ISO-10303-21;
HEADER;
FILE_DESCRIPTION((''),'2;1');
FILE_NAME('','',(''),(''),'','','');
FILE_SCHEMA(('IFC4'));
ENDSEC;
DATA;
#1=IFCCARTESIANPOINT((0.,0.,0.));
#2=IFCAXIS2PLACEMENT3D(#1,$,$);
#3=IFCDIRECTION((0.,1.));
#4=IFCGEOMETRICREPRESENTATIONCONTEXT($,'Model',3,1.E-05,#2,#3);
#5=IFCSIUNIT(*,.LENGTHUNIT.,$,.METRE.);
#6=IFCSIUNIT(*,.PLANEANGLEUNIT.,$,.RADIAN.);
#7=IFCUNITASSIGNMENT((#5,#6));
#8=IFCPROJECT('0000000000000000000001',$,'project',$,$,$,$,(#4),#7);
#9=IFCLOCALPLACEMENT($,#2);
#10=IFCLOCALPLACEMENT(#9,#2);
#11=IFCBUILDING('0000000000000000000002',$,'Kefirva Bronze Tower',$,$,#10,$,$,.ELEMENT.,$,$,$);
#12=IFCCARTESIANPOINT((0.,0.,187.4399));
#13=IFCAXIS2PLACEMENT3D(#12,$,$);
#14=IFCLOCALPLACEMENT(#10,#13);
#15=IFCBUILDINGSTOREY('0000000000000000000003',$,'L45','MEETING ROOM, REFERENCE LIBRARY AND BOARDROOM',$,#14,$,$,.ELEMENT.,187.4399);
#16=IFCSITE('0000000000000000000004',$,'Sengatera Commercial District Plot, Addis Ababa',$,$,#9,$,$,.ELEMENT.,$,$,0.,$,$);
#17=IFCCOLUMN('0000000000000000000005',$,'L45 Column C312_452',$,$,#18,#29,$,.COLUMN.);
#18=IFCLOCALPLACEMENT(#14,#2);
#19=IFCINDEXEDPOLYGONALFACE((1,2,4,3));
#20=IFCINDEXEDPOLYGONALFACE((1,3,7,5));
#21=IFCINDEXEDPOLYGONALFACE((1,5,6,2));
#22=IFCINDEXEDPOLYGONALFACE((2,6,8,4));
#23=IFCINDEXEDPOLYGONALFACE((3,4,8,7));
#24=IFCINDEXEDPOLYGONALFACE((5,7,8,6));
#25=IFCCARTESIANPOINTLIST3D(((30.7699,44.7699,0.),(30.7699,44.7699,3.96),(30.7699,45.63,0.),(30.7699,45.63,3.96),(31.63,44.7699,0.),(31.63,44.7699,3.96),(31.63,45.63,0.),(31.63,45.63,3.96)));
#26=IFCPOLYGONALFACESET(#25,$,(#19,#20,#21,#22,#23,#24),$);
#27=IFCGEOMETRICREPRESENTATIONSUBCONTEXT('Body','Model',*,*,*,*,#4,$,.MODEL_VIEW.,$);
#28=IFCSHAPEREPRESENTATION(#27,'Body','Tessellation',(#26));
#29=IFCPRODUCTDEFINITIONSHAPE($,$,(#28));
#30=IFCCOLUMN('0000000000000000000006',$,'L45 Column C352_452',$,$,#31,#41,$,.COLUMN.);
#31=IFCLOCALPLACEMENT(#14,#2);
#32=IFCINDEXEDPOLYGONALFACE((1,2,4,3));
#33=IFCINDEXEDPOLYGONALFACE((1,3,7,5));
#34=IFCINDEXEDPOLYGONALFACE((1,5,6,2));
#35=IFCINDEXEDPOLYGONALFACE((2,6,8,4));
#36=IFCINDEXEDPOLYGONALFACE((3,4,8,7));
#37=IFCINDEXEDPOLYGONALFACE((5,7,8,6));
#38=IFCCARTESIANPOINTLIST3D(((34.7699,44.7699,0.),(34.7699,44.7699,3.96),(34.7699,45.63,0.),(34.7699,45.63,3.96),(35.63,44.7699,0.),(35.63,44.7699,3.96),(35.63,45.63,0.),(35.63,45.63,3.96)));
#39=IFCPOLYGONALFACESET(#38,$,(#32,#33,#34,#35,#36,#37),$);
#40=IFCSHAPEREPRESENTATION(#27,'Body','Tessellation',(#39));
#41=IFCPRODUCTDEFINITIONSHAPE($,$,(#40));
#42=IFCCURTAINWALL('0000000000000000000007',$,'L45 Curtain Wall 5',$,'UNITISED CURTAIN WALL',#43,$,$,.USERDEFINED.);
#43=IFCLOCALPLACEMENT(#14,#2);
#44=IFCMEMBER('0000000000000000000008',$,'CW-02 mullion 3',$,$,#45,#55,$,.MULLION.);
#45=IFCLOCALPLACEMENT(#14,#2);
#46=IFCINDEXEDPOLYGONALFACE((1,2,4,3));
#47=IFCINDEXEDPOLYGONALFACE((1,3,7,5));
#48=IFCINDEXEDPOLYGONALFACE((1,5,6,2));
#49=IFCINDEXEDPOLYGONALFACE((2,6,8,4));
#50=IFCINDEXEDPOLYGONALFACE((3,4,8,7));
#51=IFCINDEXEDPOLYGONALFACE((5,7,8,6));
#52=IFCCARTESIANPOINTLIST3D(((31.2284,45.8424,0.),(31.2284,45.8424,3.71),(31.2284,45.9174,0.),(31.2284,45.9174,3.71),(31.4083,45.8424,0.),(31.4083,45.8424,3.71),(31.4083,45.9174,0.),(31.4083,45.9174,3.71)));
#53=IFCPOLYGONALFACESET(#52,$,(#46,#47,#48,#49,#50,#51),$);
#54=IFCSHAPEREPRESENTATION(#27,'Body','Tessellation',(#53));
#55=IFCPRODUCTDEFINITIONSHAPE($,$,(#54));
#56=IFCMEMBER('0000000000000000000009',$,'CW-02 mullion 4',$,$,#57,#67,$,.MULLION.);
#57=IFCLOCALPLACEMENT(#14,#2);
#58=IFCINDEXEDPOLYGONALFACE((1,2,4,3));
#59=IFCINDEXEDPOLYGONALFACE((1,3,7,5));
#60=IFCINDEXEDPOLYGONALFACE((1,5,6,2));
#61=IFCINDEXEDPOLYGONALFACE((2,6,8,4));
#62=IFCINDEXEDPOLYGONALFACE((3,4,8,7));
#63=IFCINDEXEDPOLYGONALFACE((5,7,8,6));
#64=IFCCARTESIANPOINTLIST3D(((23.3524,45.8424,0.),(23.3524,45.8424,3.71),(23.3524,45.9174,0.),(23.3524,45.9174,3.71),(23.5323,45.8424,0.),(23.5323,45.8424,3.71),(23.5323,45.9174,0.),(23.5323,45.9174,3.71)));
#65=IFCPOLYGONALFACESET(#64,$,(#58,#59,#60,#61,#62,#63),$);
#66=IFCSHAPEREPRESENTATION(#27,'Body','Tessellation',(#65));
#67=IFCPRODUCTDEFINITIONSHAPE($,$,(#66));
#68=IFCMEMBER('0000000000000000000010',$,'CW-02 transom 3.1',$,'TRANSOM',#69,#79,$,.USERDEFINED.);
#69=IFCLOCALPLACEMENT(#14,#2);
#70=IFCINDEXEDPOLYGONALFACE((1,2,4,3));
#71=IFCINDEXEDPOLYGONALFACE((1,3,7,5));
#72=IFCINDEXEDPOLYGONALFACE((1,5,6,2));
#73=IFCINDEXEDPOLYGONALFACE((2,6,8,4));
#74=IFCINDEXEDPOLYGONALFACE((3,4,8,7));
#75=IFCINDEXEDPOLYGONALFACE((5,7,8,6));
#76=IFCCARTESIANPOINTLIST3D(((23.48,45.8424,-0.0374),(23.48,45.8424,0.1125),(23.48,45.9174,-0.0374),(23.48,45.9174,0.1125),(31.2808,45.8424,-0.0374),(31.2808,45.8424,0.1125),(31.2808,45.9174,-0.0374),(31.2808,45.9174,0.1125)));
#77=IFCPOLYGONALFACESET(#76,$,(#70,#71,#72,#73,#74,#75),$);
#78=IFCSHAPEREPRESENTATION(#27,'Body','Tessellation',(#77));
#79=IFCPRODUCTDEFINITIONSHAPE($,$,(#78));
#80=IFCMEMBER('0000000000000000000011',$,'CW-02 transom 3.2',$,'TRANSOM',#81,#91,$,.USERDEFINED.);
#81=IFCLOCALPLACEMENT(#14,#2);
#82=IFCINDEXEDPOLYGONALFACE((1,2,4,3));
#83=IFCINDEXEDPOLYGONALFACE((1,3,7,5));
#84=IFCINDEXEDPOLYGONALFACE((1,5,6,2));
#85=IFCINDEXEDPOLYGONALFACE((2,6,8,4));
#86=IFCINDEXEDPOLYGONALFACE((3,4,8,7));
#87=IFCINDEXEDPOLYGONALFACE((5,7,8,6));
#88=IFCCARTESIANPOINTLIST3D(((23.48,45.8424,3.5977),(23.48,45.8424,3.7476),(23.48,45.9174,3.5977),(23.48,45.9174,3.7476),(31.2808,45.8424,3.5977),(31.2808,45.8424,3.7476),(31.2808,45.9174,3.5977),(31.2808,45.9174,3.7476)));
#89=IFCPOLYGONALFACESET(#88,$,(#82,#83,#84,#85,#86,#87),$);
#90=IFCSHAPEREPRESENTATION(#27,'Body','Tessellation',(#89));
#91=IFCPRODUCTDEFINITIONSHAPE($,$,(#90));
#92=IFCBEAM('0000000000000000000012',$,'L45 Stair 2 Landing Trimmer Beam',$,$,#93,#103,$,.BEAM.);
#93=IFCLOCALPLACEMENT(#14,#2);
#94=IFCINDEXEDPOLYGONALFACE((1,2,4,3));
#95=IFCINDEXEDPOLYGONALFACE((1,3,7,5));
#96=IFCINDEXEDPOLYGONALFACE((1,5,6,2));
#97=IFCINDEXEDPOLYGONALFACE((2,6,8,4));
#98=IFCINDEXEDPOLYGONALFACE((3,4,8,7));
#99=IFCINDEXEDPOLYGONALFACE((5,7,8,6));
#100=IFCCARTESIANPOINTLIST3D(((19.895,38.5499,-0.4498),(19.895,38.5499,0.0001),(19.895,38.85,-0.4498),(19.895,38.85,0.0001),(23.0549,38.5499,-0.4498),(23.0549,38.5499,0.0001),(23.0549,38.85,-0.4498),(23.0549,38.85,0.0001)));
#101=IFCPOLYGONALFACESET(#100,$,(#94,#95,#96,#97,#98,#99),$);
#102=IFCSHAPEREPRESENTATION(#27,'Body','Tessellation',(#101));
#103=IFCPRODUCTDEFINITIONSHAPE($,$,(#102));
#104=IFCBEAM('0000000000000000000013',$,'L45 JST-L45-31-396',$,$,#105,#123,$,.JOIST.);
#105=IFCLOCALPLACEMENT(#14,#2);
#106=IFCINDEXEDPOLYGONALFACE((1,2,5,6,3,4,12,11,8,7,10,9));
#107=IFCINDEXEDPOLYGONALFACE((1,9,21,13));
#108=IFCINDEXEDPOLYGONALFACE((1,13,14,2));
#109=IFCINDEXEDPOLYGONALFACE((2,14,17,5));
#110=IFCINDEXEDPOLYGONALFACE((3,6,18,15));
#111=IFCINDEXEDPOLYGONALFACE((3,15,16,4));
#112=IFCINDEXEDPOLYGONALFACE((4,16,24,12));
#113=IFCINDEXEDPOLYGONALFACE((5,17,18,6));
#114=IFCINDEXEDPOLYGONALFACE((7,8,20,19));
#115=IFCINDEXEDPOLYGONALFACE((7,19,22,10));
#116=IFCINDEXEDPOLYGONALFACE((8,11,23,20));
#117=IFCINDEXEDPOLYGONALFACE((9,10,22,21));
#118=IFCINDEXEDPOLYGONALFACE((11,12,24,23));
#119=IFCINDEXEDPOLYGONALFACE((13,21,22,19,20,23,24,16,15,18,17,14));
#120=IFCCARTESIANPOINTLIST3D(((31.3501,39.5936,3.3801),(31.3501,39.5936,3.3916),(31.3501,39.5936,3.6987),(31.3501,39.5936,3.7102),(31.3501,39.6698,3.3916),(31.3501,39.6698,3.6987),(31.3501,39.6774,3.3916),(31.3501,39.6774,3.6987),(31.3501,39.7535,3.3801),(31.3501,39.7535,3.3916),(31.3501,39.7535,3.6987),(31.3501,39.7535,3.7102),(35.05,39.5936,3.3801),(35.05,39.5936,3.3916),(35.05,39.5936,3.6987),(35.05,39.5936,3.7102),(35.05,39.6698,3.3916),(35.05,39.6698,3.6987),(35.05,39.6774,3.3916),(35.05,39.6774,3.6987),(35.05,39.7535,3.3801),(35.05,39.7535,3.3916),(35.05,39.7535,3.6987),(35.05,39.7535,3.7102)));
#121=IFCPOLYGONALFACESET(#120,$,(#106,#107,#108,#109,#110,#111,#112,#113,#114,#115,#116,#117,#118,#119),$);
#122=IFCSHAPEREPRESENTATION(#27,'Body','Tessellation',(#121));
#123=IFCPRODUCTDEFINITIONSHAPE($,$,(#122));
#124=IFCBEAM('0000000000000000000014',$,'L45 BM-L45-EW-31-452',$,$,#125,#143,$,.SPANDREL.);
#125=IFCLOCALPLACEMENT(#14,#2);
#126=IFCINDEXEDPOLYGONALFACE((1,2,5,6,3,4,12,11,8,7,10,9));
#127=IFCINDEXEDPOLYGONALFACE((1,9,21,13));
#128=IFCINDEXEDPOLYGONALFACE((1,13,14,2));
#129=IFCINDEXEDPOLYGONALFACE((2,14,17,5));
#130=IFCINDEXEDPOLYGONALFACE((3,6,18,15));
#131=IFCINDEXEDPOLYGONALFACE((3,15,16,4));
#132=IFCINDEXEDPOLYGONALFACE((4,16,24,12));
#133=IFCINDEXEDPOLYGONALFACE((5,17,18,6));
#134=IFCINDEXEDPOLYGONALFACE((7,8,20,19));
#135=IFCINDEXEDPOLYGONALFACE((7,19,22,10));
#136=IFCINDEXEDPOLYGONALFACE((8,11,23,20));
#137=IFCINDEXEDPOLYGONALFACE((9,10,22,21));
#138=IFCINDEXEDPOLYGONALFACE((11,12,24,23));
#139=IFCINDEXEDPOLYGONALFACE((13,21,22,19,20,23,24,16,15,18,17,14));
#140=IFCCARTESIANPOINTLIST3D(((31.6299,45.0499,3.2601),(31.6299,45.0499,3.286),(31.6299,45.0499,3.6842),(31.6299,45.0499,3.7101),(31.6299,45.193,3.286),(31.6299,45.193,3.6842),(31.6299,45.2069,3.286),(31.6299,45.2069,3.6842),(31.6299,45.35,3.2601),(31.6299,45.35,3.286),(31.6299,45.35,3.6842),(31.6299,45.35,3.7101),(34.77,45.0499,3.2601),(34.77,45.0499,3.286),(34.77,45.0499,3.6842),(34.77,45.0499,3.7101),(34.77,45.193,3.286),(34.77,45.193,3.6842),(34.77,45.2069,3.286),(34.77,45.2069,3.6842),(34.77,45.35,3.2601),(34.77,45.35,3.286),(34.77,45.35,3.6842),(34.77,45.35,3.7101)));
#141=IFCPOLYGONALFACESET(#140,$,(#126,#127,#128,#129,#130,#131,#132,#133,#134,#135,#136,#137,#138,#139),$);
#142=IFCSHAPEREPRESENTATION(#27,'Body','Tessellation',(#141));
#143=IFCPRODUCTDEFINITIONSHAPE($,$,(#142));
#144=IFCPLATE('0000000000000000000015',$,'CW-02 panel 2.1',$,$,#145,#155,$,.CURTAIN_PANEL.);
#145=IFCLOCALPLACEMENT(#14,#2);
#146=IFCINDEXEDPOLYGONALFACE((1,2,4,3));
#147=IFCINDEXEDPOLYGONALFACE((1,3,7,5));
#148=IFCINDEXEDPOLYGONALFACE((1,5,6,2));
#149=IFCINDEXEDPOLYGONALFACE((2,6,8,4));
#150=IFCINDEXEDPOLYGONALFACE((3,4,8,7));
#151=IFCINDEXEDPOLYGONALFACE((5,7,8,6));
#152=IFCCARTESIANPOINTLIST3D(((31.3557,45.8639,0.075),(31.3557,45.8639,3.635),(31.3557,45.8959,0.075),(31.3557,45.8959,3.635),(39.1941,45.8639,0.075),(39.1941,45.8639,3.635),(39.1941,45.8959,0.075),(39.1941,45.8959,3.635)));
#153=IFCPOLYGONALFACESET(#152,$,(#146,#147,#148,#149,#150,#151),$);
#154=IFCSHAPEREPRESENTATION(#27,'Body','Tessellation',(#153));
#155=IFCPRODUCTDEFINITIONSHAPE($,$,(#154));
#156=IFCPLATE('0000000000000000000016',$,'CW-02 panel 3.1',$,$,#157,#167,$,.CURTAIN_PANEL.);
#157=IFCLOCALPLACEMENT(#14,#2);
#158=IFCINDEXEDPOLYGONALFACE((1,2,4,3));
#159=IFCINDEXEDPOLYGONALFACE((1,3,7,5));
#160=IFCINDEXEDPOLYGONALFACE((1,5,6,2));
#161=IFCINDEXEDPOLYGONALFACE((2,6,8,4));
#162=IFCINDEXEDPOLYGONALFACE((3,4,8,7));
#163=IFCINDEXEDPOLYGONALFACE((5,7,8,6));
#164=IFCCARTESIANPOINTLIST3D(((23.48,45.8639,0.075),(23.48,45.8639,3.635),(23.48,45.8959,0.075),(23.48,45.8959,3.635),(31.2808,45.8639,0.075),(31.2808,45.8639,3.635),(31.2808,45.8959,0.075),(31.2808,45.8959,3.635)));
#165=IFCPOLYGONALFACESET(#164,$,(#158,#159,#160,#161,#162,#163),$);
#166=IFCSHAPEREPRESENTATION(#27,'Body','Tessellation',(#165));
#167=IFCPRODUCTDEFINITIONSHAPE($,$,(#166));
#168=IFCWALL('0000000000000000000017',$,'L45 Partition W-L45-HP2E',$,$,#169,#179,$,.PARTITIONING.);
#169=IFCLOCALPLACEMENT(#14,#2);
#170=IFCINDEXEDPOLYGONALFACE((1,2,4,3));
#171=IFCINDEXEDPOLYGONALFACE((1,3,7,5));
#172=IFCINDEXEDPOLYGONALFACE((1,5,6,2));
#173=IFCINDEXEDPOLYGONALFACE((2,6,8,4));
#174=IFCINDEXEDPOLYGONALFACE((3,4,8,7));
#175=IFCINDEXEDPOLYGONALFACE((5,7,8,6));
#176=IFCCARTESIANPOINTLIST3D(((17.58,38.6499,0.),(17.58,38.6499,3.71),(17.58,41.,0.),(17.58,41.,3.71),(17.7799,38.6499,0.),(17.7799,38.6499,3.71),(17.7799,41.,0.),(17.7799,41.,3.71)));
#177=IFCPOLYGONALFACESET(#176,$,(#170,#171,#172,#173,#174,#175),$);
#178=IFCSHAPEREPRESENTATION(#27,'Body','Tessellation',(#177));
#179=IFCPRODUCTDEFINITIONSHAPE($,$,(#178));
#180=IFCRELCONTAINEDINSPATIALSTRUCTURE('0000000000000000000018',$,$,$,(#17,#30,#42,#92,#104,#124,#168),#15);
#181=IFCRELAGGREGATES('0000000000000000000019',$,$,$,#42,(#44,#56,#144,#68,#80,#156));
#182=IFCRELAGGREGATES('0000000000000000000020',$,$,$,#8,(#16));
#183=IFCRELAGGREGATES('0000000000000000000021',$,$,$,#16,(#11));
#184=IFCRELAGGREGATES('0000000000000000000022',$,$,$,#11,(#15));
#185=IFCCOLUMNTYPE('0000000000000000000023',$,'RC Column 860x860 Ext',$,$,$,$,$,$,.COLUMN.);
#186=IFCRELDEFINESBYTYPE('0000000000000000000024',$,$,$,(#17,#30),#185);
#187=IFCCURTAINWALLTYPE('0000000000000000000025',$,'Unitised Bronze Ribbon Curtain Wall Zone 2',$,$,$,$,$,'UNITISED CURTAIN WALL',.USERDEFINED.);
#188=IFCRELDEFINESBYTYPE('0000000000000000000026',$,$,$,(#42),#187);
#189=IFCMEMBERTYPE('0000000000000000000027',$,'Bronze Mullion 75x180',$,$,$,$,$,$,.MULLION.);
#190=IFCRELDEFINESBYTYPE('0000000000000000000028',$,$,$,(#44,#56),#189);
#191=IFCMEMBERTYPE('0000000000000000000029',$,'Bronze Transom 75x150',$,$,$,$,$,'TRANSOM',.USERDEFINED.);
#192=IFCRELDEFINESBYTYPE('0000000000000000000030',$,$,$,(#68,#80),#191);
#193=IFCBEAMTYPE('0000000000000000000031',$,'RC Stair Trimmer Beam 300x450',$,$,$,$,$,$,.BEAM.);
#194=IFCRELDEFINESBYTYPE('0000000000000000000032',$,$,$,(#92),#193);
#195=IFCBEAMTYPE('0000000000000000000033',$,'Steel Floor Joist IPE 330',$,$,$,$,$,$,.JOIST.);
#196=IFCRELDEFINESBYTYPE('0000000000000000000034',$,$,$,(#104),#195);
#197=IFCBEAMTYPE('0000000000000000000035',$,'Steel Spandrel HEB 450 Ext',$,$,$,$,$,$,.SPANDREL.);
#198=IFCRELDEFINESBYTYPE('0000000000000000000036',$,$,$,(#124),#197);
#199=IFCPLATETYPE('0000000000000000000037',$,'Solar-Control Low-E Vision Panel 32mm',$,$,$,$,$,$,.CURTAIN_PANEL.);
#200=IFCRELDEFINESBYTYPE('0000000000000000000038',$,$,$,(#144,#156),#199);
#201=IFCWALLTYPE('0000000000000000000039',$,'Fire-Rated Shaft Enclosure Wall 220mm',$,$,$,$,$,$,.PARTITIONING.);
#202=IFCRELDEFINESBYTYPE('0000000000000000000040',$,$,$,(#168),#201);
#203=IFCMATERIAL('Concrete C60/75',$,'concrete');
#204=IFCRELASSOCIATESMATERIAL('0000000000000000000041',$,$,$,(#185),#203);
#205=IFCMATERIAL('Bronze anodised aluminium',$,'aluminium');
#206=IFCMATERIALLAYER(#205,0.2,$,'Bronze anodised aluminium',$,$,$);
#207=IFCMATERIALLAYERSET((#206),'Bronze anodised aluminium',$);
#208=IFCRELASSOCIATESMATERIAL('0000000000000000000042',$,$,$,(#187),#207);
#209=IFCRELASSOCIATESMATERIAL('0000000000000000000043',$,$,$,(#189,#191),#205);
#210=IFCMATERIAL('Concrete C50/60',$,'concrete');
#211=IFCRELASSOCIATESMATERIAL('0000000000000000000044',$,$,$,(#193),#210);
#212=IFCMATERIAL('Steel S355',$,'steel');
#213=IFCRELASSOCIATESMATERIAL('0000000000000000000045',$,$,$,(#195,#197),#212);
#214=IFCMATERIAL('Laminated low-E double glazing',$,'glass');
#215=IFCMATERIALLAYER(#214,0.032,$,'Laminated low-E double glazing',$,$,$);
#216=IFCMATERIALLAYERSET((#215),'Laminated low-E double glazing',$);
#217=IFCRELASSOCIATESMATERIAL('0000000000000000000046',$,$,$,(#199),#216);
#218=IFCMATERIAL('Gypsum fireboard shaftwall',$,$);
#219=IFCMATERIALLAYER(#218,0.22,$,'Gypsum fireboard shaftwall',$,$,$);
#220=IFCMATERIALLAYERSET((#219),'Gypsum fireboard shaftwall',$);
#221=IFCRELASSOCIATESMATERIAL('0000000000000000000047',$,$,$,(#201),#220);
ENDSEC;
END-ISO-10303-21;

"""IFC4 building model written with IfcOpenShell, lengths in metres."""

from ifc_helpers import new_model, si_unit, direction, frame, frame_2d, origin, origin_2d, place, context, subcontext, project, spatial, rectangle, i_section, extrude, material, layer, layer_set, material_profile, profile_set, type_object, element, aggregate, save


model = new_model("IFC4")

# Units and contexts
model_context = context("Model", 3, precision=1e-05, world=origin(), true_north=direction((0.0, 1.0)))
body_context = subcontext(model_context, "Body", "Model", "MODEL_VIEW")
ifc_project = project(units=[si_unit("LENGTHUNIT", "METRE"), si_unit("PLANEANGLEUNIT", "RADIAN")], contexts=[model_context])

# Site, building, storey
site_placement = place(None, origin())
site = spatial("IfcSite", under=ifc_project, at=site_placement, Name="Sengatera Commercial District Plot, Addis Ababa", CompositionType="ELEMENT", RefElevation=0.0)
building_placement = place(site_placement, origin())
building = spatial("IfcBuilding", under=site, at=building_placement, Name="Kefirva Bronze Tower", CompositionType="ELEMENT")
storey_placement = place(building_placement, frame((0.0, 0.0, 187.4399)))
storey = spatial("IfcBuildingStorey", under=building, at=storey_placement, Name="L45", Description="MEETING ROOM, REFERENCE LIBRARY AND BOARDROOM", CompositionType="ELEMENT", Elevation=187.4399)

# Columns
ifc_material_1 = material(Name="Concrete C60/75", Category="concrete")
ifc_material_profile_1 = material_profile(ifc_material_1, rectangle(XDim=0.8601, YDim=0.8601, at=origin_2d()), Name="RC 860x860")
ifc_profile_set_1 = profile_set([ifc_material_profile_1], Name="Concrete C60/75")
column_type = type_object("IfcColumnType", Name="RC Column 860x860 Ext", PredefinedType="COLUMN", material=ifc_profile_set_1)
for number, where, z_axis, x_axis, name in (
    (1, (31.2, 45.2, 0.0), (0.0, 0.0, 1.0), (1.0, 0.0, 0.0), "L45 Column C312_452"),
    (2, (35.2, 45.2, 0.0), (0.0, 0.0, 1.0), (1.0, 0.0, 0.0), "L45 Column C352_452"),
):
    element("IfcColumn", number, at=place(storey_placement, frame(where, z_axis=z_axis, x_axis=x_axis)), inside=storey, type_object=column_type, Name=name, PredefinedType="COLUMN", context=body_context, shape_type="SweptSolid", body=[
        extrude(rectangle(XDim=0.8601, YDim=0.8601, at=origin_2d()), origin(), (0.0, 0.0, 1.0), 3.96),
    ])

# Curtain wall, members
ifc_material_2 = material(Name="Bronze anodised aluminium", Category="aluminium")
ifc_layer_1 = layer(ifc_material_2, 0.2, Name="Bronze anodised aluminium")
ifc_layer_set_1 = layer_set([ifc_layer_1], Name="Bronze anodised aluminium")
curtain_wall_type = type_object("IfcCurtainWallType", Name="Unitised Bronze Ribbon Curtain Wall Zone 2", ElementType="UNITISED CURTAIN WALL", PredefinedType="USERDEFINED", material=ifc_layer_set_1)
curtain_wall_placement = place(storey_placement, origin())
curtain_wall = element("IfcCurtainWall", 3, at=curtain_wall_placement, inside=storey, type_object=curtain_wall_type, Name="L45 Curtain Wall 5", ObjectType="UNITISED CURTAIN WALL", PredefinedType="USERDEFINED")
ifc_material_profile_2 = material_profile(ifc_material_2, rectangle(XDim=0.075, YDim=0.1799, at=origin_2d()), Name="ALU 75x180")
ifc_profile_set_2 = profile_set([ifc_material_profile_2], Name="Bronze anodised aluminium")
member_type_1 = type_object("IfcMemberType", Name="Bronze Mullion 75x180", PredefinedType="MULLION", material=ifc_profile_set_2)
member_1_placement = place(storey_placement, frame((31.3184, 45.8799, 0.0), z_axis=(0.0, 0.0, 1.0), x_axis=(0.0, -1.0, 0.0)))
member_1 = element("IfcMember", 4, at=member_1_placement, type_object=member_type_1, Name="CW-02 mullion 3", PredefinedType="MULLION", context=body_context, shape_type="SweptSolid", body=[
    extrude(rectangle(XDim=0.075, YDim=0.1799, at=origin_2d()), origin(), (0.0, 0.0, 1.0), 3.71),
])
member_2_placement = place(storey_placement, frame((23.4424, 45.8799, 0.0), z_axis=(0.0, 0.0, 1.0), x_axis=(0.0, -1.0, 0.0)))
member_2 = element("IfcMember", 5, at=member_2_placement, type_object=member_type_1, Name="CW-02 mullion 4", PredefinedType="MULLION", context=body_context, shape_type="SweptSolid", body=[
    extrude(rectangle(XDim=0.075, YDim=0.1799, at=origin_2d()), origin(), (0.0, 0.0, 1.0), 3.71),
])
ifc_material_profile_3 = material_profile(ifc_material_2, rectangle(XDim=0.075, YDim=0.1499, at=origin_2d()), Name="ALU 75x150")
ifc_profile_set_3 = profile_set([ifc_material_profile_3], Name="Bronze anodised aluminium")
member_type_2 = type_object("IfcMemberType", Name="Bronze Transom 75x150", ElementType="TRANSOM", PredefinedType="USERDEFINED", material=ifc_profile_set_3)
member_3_placement = place(storey_placement, frame((31.2808, 45.8799, 0.0376), z_axis=(-1.0, 0.0, 0.0), x_axis=(0.0, -1.0, 0.0)))
member_3 = element("IfcMember", 6, at=member_3_placement, type_object=member_type_2, Name="CW-02 transom 3.1", ObjectType="TRANSOM", PredefinedType="USERDEFINED", context=body_context, shape_type="SweptSolid", body=[
    extrude(rectangle(XDim=0.075, YDim=0.1499, at=origin_2d()), origin(), (0.0, 0.0, 1.0), 7.8008),
])
member_4_placement = place(storey_placement, frame((31.2808, 45.8799, 3.6726), z_axis=(-1.0, 0.0, 0.0), x_axis=(0.0, -1.0, 0.0)))
member_4 = element("IfcMember", 7, at=member_4_placement, type_object=member_type_2, Name="CW-02 transom 3.2", ObjectType="TRANSOM", PredefinedType="USERDEFINED", context=body_context, shape_type="SweptSolid", body=[
    extrude(rectangle(XDim=0.075, YDim=0.1499, at=origin_2d()), origin(), (0.0, 0.0, 1.0), 7.8008),
])

# Beams
ifc_material_3 = material(Name="Concrete C50/60", Category="concrete")
ifc_material_profile_4 = material_profile(ifc_material_3, rectangle(XDim=0.3, YDim=0.45, at=origin_2d()), Name="RC 300x450")
ifc_profile_set_4 = profile_set([ifc_material_profile_4], Name="Concrete C50/60")
beam_type_1 = type_object("IfcBeamType", Name="RC Stair Trimmer Beam 300x450", PredefinedType="BEAM", material=ifc_profile_set_4)
beam_1_placement = place(storey_placement, frame((19.895, 38.7, -0.2249), z_axis=(1.0, 0.0, 0.0), x_axis=(0.0, 1.0, 0.0)))
element("IfcBeam", 8, at=beam_1_placement, inside=storey, type_object=beam_type_1, Name="L45 Stair 2 Landing Trimmer Beam", PredefinedType="BEAM", context=body_context, shape_type="SweptSolid", body=[
    extrude(rectangle(XDim=0.3, YDim=0.45, at=origin_2d()), origin(), (0.0, 0.0, 1.0), 3.1599),
])
ifc_material_4 = material(Name="Steel S355", Category="steel")
ifc_material_profile_5 = material_profile(ifc_material_4, i_section(OverallWidth=0.1599, OverallDepth=0.3301, WebThickness=0.0076, FlangeThickness=0.0115, at=origin_2d()), Name="IPE 330")
ifc_profile_set_5 = profile_set([ifc_material_profile_5], Name="Steel S355")
beam_type_2 = type_object("IfcBeamType", Name="Steel Floor Joist IPE 330", PredefinedType="JOIST", material=ifc_profile_set_5)
beam_2_placement = place(storey_placement, frame((31.3501, 39.6736, 3.5452), z_axis=(1.0, 0.0, 0.0), x_axis=(0.0, 1.0, 0.0)))
element("IfcBeam", 9, at=beam_2_placement, inside=storey, type_object=beam_type_2, Name="L45 JST-L45-31-396", PredefinedType="JOIST", context=body_context, shape_type="SweptSolid", body=[
    extrude(i_section(OverallWidth=0.1599, OverallDepth=0.3301, WebThickness=0.0076, FlangeThickness=0.0115, at=origin_2d()), origin(), (0.0, 0.0, 1.0), 3.7),
])
ifc_material_profile_6 = material_profile(ifc_material_4, i_section(OverallWidth=0.3, OverallDepth=0.45, WebThickness=0.0139, FlangeThickness=0.0259, at=origin_2d()), Name="HEB 450")
ifc_profile_set_6 = profile_set([ifc_material_profile_6], Name="Steel S355")
beam_type_3 = type_object("IfcBeamType", Name="Steel Spandrel HEB 450 Ext", PredefinedType="SPANDREL", material=ifc_profile_set_6)
beam_3_placement = place(storey_placement, frame((31.6299, 45.2, 3.4851), z_axis=(1.0, 0.0, 0.0), x_axis=(0.0, 1.0, 0.0)))
element("IfcBeam", 10, at=beam_3_placement, inside=storey, type_object=beam_type_3, Name="L45 BM-L45-EW-31-452", PredefinedType="SPANDREL", context=body_context, shape_type="SweptSolid", body=[
    extrude(i_section(OverallWidth=0.3, OverallDepth=0.45, WebThickness=0.0139, FlangeThickness=0.0259, at=origin_2d()), origin(), (0.0, 0.0, 1.0), 3.1401),
])

# Plates
ifc_material_5 = material(Name="Laminated low-E double glazing", Category="glass")
ifc_layer_2 = layer(ifc_material_5, 0.032, Name="Laminated low-E double glazing")
ifc_layer_set_2 = layer_set([ifc_layer_2], Name="Laminated low-E double glazing")
plate_type = type_object("IfcPlateType", Name="Solar-Control Low-E Vision Panel 32mm", PredefinedType="CURTAIN_PANEL", material=ifc_layer_set_2)
plate_1_placement = place(storey_placement, frame((35.2749, 45.8799, 0.075), z_axis=(0.0, 0.0, 1.0), x_axis=(-1.0, 0.0, 0.0)))
plate_1 = element("IfcPlate", 11, at=plate_1_placement, type_object=plate_type, Name="CW-02 panel 2.1", PredefinedType="CURTAIN_PANEL", context=body_context, shape_type="SweptSolid", body=[
    extrude(rectangle(XDim=7.8384, YDim=0.032, at=origin_2d()), origin(), (0.0, 0.0, 1.0), 3.5601),
])
plate_2_placement = place(storey_placement, frame((27.3804, 45.8799, 0.075), z_axis=(0.0, 0.0, 1.0), x_axis=(-1.0, 0.0, 0.0)))
plate_2 = element("IfcPlate", 12, at=plate_2_placement, type_object=plate_type, Name="CW-02 panel 3.1", PredefinedType="CURTAIN_PANEL", context=body_context, shape_type="SweptSolid", body=[
    extrude(rectangle(XDim=7.8008, YDim=0.032, at=origin_2d()), origin(), (0.0, 0.0, 1.0), 3.5601),
])
aggregate(curtain_wall, [member_1, member_2, plate_1, member_3, member_4, plate_2])

# Wall
ifc_material_6 = material(Name="Gypsum fireboard shaftwall")
ifc_layer_3 = layer(ifc_material_6, 0.22, Name="Gypsum fireboard shaftwall")
ifc_layer_set_3 = layer_set([ifc_layer_3], Name="Gypsum fireboard shaftwall")
wall_type_1 = type_object("IfcWallType", Name="Fire-Rated Shaft Enclosure Wall 220mm", PredefinedType="PARTITIONING", material=ifc_layer_set_3)
wall_1_placement = place(storey_placement, frame((17.6799, 38.6499, 0.0), z_axis=(0.0, 0.0, 1.0), x_axis=(0.0, 1.0, 0.0)))
element("IfcWall", 13, at=wall_1_placement, inside=storey, type_object=wall_type_1, Name="L45 Partition W-L45-HP2E", PredefinedType="PARTITIONING", context=body_context, shape_type="SweptSolid", body=[
    extrude(rectangle(XDim=2.3501, YDim=0.2, at=frame_2d((1.175, 0.0))), origin(), (0.0, 0.0, 1.0), 3.71),
])

save(model, "model.ifc")
